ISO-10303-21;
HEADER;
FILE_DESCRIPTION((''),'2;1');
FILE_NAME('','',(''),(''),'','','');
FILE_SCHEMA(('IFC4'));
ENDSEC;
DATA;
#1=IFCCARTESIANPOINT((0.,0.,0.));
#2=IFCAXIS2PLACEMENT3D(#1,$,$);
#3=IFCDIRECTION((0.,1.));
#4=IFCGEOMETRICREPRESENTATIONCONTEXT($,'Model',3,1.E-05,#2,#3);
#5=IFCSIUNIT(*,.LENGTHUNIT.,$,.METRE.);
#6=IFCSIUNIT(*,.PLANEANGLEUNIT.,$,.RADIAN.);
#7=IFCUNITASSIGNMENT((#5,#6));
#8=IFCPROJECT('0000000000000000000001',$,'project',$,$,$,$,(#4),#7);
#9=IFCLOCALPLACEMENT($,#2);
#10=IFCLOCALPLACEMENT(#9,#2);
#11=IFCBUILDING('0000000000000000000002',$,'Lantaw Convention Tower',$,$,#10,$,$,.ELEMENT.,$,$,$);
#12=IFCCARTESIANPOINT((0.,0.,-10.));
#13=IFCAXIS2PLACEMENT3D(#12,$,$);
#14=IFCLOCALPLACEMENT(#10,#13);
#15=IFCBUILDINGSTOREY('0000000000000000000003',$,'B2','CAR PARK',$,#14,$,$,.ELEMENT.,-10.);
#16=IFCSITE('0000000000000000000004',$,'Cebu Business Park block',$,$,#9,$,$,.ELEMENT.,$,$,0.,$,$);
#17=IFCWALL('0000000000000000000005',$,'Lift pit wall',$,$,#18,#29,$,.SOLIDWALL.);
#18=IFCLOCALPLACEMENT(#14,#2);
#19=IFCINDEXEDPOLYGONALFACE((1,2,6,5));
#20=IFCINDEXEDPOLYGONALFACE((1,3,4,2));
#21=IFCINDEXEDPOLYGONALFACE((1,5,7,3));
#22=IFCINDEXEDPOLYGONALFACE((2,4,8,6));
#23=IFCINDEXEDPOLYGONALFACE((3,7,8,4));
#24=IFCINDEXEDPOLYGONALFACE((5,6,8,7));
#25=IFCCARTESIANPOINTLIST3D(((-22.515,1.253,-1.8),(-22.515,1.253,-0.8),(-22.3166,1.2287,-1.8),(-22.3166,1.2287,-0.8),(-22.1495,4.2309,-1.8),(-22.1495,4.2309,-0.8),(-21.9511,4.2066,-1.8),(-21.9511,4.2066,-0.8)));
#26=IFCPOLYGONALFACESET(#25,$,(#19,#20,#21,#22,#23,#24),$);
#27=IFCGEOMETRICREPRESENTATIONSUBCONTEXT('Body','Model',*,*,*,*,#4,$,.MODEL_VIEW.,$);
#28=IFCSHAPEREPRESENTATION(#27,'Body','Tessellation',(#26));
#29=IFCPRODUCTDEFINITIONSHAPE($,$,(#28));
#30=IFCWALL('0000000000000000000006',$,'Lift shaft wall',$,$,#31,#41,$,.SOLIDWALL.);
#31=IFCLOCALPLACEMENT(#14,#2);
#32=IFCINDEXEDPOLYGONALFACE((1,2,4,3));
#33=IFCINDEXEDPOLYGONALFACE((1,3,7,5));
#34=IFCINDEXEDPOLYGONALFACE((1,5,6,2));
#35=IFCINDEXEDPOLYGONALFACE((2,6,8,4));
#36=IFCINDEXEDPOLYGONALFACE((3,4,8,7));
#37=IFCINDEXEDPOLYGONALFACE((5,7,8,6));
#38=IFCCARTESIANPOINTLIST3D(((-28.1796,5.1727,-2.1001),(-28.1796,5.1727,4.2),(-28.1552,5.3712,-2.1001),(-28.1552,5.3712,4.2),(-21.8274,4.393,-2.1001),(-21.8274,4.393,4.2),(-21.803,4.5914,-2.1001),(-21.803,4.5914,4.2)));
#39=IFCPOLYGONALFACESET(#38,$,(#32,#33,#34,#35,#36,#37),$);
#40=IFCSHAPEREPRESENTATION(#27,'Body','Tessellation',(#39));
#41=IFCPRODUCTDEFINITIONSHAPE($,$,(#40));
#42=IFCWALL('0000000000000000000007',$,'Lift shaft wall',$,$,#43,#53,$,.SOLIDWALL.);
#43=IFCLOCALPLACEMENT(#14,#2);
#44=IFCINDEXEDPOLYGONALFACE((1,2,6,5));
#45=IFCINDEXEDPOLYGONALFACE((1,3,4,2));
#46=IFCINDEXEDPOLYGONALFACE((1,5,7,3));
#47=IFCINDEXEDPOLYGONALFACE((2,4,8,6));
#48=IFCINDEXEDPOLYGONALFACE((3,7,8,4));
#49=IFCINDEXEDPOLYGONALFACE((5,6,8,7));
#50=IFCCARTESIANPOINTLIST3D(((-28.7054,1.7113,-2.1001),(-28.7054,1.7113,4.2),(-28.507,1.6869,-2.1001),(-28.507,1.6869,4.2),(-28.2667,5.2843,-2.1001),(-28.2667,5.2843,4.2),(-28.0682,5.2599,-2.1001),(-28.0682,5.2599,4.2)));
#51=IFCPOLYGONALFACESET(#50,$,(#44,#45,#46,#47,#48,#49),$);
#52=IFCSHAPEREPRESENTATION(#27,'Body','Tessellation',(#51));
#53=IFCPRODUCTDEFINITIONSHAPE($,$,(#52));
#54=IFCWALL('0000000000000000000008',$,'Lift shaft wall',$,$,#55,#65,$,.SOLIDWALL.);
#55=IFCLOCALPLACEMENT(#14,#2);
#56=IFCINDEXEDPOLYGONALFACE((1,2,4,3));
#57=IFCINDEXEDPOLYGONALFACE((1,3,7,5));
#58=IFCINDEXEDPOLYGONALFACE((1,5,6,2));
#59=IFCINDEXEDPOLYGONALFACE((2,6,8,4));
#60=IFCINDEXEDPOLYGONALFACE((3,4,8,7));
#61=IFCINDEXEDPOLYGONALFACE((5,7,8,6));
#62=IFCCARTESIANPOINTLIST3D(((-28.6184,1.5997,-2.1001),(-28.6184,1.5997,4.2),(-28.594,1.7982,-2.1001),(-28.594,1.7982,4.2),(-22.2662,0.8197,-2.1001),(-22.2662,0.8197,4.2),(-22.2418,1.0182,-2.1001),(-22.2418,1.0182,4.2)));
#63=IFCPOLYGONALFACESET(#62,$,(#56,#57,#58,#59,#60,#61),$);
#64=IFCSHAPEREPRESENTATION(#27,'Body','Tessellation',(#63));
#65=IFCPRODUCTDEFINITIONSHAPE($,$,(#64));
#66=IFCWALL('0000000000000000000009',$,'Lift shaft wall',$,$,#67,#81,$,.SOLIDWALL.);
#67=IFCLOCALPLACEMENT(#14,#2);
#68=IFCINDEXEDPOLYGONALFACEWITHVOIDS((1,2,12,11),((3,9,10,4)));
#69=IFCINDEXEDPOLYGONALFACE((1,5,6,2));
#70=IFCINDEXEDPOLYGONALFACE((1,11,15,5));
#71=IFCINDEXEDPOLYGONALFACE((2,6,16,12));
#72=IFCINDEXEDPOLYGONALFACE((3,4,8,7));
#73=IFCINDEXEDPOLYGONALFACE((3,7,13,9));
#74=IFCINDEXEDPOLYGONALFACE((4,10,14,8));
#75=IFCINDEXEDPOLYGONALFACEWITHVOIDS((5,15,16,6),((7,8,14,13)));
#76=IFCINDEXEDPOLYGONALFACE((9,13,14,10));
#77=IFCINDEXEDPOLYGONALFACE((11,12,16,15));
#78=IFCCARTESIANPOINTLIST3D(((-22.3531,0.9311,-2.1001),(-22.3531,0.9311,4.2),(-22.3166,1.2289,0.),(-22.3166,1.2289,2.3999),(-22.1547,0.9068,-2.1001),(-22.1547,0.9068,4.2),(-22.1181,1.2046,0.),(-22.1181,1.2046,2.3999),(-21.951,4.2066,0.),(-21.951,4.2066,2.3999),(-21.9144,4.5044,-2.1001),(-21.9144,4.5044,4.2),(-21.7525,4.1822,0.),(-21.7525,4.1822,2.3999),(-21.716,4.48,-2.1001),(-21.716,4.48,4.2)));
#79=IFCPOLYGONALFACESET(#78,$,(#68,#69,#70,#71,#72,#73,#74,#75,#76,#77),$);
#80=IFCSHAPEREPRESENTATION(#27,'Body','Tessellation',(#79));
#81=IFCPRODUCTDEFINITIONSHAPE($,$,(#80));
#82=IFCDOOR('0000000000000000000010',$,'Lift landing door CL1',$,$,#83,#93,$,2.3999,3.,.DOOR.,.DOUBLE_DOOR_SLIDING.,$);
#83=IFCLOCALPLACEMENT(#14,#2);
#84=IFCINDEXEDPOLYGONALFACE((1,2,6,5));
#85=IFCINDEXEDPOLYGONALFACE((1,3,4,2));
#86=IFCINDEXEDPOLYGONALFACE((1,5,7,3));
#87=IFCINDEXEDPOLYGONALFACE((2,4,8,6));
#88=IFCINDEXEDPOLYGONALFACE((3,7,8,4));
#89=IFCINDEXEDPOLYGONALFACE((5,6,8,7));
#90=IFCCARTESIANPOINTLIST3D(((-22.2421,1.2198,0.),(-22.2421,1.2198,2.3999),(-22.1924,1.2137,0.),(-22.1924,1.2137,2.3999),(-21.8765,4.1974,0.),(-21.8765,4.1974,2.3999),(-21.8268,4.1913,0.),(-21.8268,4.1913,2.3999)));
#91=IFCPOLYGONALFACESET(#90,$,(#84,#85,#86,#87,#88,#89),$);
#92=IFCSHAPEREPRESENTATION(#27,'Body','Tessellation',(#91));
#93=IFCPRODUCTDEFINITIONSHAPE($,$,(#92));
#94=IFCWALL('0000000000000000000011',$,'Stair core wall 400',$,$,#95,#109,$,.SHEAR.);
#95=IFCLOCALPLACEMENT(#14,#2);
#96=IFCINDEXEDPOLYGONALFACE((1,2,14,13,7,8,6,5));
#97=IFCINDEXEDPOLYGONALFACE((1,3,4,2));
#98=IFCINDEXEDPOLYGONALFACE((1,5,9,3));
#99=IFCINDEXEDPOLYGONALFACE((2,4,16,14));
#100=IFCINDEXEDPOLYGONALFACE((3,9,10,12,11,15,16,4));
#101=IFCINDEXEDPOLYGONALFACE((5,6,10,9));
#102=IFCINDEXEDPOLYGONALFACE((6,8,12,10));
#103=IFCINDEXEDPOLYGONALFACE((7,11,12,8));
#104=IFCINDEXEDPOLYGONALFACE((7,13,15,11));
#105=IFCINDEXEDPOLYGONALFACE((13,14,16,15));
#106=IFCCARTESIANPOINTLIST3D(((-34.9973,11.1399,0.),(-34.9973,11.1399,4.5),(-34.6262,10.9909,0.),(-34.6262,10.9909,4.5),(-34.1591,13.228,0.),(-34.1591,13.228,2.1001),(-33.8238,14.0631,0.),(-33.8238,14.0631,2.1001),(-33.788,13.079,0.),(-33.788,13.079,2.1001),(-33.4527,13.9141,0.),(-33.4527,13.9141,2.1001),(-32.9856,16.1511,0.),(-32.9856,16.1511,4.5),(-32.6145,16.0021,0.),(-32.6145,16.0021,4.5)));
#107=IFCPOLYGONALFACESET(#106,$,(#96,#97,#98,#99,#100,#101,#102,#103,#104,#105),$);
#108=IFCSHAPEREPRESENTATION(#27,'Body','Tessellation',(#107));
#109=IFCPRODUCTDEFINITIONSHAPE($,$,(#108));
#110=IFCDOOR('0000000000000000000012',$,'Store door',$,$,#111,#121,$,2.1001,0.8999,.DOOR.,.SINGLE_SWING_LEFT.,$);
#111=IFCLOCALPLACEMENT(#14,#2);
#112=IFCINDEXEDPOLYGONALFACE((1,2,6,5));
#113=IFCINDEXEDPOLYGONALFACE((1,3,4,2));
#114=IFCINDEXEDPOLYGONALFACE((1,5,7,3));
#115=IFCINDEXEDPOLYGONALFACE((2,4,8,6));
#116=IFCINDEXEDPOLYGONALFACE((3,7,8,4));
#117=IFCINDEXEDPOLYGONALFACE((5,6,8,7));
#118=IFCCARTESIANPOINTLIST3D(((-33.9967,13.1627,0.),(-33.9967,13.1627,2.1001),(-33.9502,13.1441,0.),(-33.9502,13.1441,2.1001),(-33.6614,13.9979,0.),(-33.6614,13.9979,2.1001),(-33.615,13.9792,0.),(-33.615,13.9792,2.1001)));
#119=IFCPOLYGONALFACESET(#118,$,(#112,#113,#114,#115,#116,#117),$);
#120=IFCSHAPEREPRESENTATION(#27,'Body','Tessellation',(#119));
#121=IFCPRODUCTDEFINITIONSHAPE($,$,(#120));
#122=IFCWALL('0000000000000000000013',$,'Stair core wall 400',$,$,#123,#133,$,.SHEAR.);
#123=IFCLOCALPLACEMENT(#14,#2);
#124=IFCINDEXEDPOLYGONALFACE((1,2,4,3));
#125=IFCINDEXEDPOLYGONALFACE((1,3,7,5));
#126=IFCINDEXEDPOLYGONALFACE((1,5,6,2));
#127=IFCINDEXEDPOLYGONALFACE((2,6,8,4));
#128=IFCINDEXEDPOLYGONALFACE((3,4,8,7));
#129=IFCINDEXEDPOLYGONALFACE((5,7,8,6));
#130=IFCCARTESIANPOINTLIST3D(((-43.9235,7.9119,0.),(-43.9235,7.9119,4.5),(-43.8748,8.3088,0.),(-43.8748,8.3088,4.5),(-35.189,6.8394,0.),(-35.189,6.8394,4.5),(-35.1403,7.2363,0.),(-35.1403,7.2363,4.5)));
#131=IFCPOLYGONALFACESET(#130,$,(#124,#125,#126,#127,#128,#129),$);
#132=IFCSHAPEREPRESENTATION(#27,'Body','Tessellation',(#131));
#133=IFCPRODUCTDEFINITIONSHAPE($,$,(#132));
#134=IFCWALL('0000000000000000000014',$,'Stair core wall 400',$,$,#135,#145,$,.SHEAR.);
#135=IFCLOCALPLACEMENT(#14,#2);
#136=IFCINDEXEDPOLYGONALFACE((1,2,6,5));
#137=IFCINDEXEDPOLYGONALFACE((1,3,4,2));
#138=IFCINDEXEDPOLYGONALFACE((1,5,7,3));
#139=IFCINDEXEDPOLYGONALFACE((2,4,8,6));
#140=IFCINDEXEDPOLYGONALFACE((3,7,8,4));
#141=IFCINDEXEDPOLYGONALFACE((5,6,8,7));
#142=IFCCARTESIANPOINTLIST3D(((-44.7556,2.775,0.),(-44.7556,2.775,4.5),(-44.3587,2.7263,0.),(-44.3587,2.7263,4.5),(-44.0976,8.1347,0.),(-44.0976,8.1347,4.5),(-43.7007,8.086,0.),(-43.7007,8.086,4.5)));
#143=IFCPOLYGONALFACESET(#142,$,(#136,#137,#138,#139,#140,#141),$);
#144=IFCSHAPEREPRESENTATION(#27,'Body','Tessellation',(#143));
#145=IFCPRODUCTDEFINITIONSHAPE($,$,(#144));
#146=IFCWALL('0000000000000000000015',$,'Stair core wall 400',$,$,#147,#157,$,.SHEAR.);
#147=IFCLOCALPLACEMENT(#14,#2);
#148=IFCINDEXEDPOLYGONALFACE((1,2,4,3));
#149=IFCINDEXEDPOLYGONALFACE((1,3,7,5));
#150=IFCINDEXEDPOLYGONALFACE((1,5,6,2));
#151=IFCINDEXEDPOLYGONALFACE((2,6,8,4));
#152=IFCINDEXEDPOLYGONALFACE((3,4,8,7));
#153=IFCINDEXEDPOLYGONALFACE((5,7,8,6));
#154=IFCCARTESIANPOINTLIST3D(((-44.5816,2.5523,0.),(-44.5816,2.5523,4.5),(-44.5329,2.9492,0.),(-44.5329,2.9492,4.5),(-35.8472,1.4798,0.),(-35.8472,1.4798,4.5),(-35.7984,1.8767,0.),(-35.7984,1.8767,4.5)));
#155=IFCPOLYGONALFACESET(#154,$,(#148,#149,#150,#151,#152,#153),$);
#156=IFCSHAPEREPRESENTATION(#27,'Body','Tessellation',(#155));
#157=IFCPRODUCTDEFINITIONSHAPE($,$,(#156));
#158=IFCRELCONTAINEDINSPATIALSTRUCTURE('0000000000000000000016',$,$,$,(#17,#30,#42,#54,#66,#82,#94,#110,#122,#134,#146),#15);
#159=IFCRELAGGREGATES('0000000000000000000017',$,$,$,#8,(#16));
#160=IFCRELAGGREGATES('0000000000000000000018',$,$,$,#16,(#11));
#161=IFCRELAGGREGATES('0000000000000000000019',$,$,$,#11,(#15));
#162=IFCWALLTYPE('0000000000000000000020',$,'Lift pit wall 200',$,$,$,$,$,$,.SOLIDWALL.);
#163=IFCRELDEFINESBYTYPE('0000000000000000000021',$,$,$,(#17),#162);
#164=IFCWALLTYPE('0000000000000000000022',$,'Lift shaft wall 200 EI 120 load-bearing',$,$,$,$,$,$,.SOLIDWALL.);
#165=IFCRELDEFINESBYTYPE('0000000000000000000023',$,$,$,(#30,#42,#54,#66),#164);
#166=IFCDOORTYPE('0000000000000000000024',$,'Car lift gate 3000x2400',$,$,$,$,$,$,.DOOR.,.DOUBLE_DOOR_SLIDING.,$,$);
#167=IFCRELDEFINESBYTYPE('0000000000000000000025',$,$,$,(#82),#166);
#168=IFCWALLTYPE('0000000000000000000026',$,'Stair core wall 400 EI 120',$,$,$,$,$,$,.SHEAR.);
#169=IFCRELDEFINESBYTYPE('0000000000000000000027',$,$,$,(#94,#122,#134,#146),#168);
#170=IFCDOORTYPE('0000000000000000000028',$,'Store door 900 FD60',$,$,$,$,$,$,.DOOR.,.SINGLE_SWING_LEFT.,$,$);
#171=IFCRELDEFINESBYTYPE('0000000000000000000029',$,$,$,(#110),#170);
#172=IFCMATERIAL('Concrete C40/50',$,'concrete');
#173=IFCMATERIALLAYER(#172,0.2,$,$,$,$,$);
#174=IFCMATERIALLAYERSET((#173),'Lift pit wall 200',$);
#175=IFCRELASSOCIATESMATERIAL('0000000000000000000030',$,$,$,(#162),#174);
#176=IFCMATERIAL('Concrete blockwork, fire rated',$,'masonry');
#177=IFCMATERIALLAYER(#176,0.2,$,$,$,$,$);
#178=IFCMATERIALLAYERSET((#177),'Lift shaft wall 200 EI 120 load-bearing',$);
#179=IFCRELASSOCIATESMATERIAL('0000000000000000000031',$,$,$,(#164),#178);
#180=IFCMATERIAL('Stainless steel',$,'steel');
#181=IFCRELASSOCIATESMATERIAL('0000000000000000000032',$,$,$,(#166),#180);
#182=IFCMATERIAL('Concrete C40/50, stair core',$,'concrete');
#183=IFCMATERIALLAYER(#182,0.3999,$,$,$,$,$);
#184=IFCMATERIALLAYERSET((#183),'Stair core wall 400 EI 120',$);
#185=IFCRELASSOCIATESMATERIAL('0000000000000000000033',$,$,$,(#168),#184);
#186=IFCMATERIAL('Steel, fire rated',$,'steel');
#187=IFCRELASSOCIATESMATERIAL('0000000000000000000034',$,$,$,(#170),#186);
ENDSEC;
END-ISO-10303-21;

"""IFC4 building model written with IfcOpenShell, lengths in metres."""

from ifc_helpers import new_model, si_unit, direction, frame, frame_2d, origin, place, context, subcontext, project, spatial, rectangle, extrude, material, layer, layer_set, type_object, element, fill, save


model = new_model("IFC4")

# Units and contexts
model_context = context("Model", 3, precision=1e-05, world=origin(), true_north=direction((0.0, 1.0)))
body_context = subcontext(model_context, "Body", "Model", "MODEL_VIEW")
ifc_project = project(units=[si_unit("LENGTHUNIT", "METRE"), si_unit("PLANEANGLEUNIT", "RADIAN")], contexts=[model_context])

# Site, building, storey
site_placement = place(None, origin())
site = spatial("IfcSite", under=ifc_project, at=site_placement, Name="Cebu Business Park block", CompositionType="ELEMENT", RefElevation=0.0)
building_placement = place(site_placement, origin())
building = spatial("IfcBuilding", under=site, at=building_placement, Name="Lantaw Convention Tower", CompositionType="ELEMENT")
storey_placement = place(building_placement, frame((0.0, 0.0, -10.0)))
storey = spatial("IfcBuildingStorey", under=building, at=storey_placement, Name="B2", Description="CAR PARK", CompositionType="ELEMENT", Elevation=-10.0)

# Walls
ifc_material_1 = material(Name="Concrete C40/50", Category="concrete")
ifc_layer_1 = layer(ifc_material_1, 0.2)
ifc_layer_set_1 = layer_set([ifc_layer_1], Name="Lift pit wall 200")
wall_type_1 = type_object("IfcWallType", Name="Lift pit wall 200", PredefinedType="SOLIDWALL", material=ifc_layer_set_1)
wall_1_placement = place(storey_placement, frame((-22.4158, 1.241, -1.8), z_axis=(0.0, 0.0, 1.0), x_axis=(0.121821, 0.992552, 0.0)))
element("IfcWall", 1, at=wall_1_placement, inside=storey, type_object=wall_type_1, Name="Lift pit wall", PredefinedType="SOLIDWALL", context=body_context, shape_type="SweptSolid", body=[
    extrude(rectangle(XDim=3.0002, YDim=0.2, at=frame_2d((1.5, 0.0))), origin(), (0.0, 0.0, 1.0), 1.0),
])
ifc_material_2 = material(Name="Concrete blockwork, fire rated", Category="masonry")
ifc_layer_2 = layer(ifc_material_2, 0.2)
ifc_layer_set_2 = layer_set([ifc_layer_2], Name="Lift shaft wall 200 EI 120 load-bearing")
wall_type_2 = type_object("IfcWallType", Name="Lift shaft wall 200 EI 120 load-bearing", PredefinedType="SOLIDWALL", material=ifc_layer_set_2)
wall_2_placement = place(storey_placement, frame((-21.8152, 4.4922, -2.1001), z_axis=(0.0, 0.0, 1.0), x_axis=(-0.99255, 0.121842, 0.0)))
element("IfcWall", 2, at=wall_2_placement, inside=storey, type_object=wall_type_2, Name="Lift shaft wall", PredefinedType="SOLIDWALL", context=body_context, shape_type="SweptSolid", body=[
    extrude(rectangle(XDim=6.3999, YDim=0.2, at=frame_2d((3.2, 0.0))), origin(), (0.0, 0.0, 1.0), 6.3),
])
wall_3_placement = place(storey_placement, frame((-28.1675, 5.272, -2.1001), z_axis=(0.0, 0.0, 1.0), x_axis=(-0.121873, -0.992546, 0.0)))
element("IfcWall", 3, at=wall_3_placement, inside=storey, type_object=wall_type_2, Name="Lift shaft wall", PredefinedType="SOLIDWALL", context=body_context, shape_type="SweptSolid", body=[
    extrude(rectangle(XDim=3.5999, YDim=0.2, at=frame_2d((1.7998, 0.0))), origin(), (0.0, 0.0, 1.0), 6.3),
])
wall_4_placement = place(storey_placement, frame((-28.6062, 1.699, -2.1001), z_axis=(0.0, 0.0, 1.0), x_axis=(0.992545, -0.121879, 0.0)))
element("IfcWall", 4, at=wall_4_placement, inside=storey, type_object=wall_type_2, Name="Lift shaft wall", PredefinedType="SOLIDWALL", context=body_context, shape_type="SweptSolid", body=[
    extrude(rectangle(XDim=6.3999, YDim=0.2, at=frame_2d((3.2, 0.0))), origin(), (0.0, 0.0, 1.0), 6.3),
])

# Walls, openings, doors
wall_5_placement = place(storey_placement, frame((-22.2539, 0.9189, -2.1001), z_axis=(0.0, 0.0, 1.0), x_axis=(0.121864, 0.992547, 0.0)))
wall_5 = element("IfcWall", 5, at=wall_5_placement, inside=storey, type_object=wall_type_2, Name="Lift shaft wall", PredefinedType="SOLIDWALL", context=body_context, shape_type="SweptSolid", body=[
    extrude(rectangle(XDim=3.6001, YDim=0.2, at=frame_2d((1.8, 0.0))), origin(), (0.0, 0.0, 1.0), 6.3),
])
opening_1_placement = place(wall_5_placement, frame((0.3, 0.0, 2.1001)))
opening_1 = element("IfcOpeningElement", 6, at=opening_1_placement, cuts=wall_5, PredefinedType="OPENING", context=body_context, shape_type="SweptSolid", body=[
    extrude(rectangle(XDim=3.0, YDim=2.3999, at=frame_2d((1.5, 1.2))), frame((0.0, 0.1099, 0.0), z_axis=(0.0, -1.0, 0.0), x_axis=(1.0, 0.0, 0.0)), (0.0, 0.0, 1.0), 0.22),
])
ifc_material_3 = material(Name="Stainless steel", Category="steel")
door_type_1 = type_object("IfcDoorType", Name="Car lift gate 3000x2400", OperationType="DOUBLE_DOOR_SLIDING", PredefinedType="DOOR", material=ifc_material_3)
door_1_placement = place(opening_1_placement, origin())
door_1 = element("IfcDoor", 7, at=door_1_placement, inside=storey, type_object=door_type_1, Name="Lift landing door CL1", OperationType="DOUBLE_DOOR_SLIDING", OverallHeight=2.3999, OverallWidth=3.0, PredefinedType="DOOR", context=body_context, shape_type="SweptSolid", body=[
    extrude(rectangle(XDim=3.0, YDim=2.3999, at=frame_2d((1.5, 1.2))), frame((0.0, 0.0249, 0.0), z_axis=(0.0, -1.0, 0.0), x_axis=(1.0, 0.0, 0.0)), (0.0, 0.0, 1.0), 0.05),
])
fill(opening_1, door_1)
ifc_material_4 = material(Name="Concrete C40/50, stair core", Category="concrete")
ifc_layer_3 = layer(ifc_material_4, 0.3999)
ifc_layer_set_3 = layer_set([ifc_layer_3], Name="Stair core wall 400 EI 120")
wall_type_3 = type_object("IfcWallType", Name="Stair core wall 400 EI 120", PredefinedType="SHEAR", material=ifc_layer_set_3)
wall_6_placement = place(storey_placement, frame((-34.8118, 11.0654, 0.0), z_axis=(0.0, 0.0, 1.0), x_axis=(0.372544, 0.928015, 0.0)))
wall_6 = element("IfcWall", 8, at=wall_6_placement, inside=storey, type_object=wall_type_3, Name="Stair core wall 400", PredefinedType="SHEAR", context=body_context, shape_type="SweptSolid", body=[
    extrude(rectangle(XDim=5.3999, YDim=0.3999, at=frame_2d((2.7, 0.0))), origin(), (0.0, 0.0, 1.0), 4.5),
])
opening_2_placement = place(wall_6_placement, frame((2.25, 0.0, 0.0)))
opening_2 = element("IfcOpeningElement", 9, at=opening_2_placement, cuts=wall_6, PredefinedType="OPENING", context=body_context, shape_type="SweptSolid", body=[
    extrude(rectangle(XDim=0.8999, YDim=2.1001, at=frame_2d((0.45, 1.05))), frame((0.0, 0.21, 0.0), z_axis=(0.0, -1.0, 0.0), x_axis=(1.0, 0.0, 0.0)), (0.0, 0.0, 1.0), 0.4199),
])
ifc_material_5 = material(Name="Steel, fire rated", Category="steel")
door_type_2 = type_object("IfcDoorType", Name="Store door 900 FD60", OperationType="SINGLE_SWING_LEFT", PredefinedType="DOOR", material=ifc_material_5)
door_2_placement = place(opening_2_placement, origin())
door_2 = element("IfcDoor", 10, at=door_2_placement, inside=storey, type_object=door_type_2, Name="Store door", OperationType="SINGLE_SWING_LEFT", OverallHeight=2.1001, OverallWidth=0.8999, PredefinedType="DOOR", context=body_context, shape_type="SweptSolid", body=[
    extrude(rectangle(XDim=0.8999, YDim=2.1001, at=frame_2d((0.45, 1.05))), frame((0.0, 0.0249, 0.0), z_axis=(0.0, -1.0, 0.0), x_axis=(1.0, 0.0, 0.0)), (0.0, 0.0, 1.0), 0.05),
])
fill(opening_2, door_2)

# Walls
wall_7_placement = place(storey_placement, frame((-35.1648, 7.0378, 0.0), z_axis=(0.0, 0.0, 1.0), x_axis=(-0.992545, 0.121876, 0.0)))
element("IfcWall", 11, at=wall_7_placement, inside=storey, type_object=wall_type_3, Name="Stair core wall 400", PredefinedType="SHEAR", context=body_context, shape_type="SweptSolid", body=[
    extrude(rectangle(XDim=8.8, YDim=0.3999, at=frame_2d((4.3999, 0.0))), origin(), (0.0, 0.0, 1.0), 4.5),
])
wall_8_placement = place(storey_placement, frame((-43.8992, 8.1104, 0.0), z_axis=(0.0, 0.0, 1.0), x_axis=(-0.121848, -0.992549, 0.0)))
element("IfcWall", 12, at=wall_8_placement, inside=storey, type_object=wall_type_3, Name="Stair core wall 400", PredefinedType="SHEAR", context=body_context, shape_type="SweptSolid", body=[
    extrude(rectangle(XDim=5.3999, YDim=0.3999, at=frame_2d((2.7, 0.0))), origin(), (0.0, 0.0, 1.0), 4.5),
])
wall_9_placement = place(storey_placement, frame((-44.5571, 2.7507, 0.0), z_axis=(0.0, 0.0, 1.0), x_axis=(0.992545, -0.121876, 0.0)))
element("IfcWall", 13, at=wall_9_placement, inside=storey, type_object=wall_type_3, Name="Stair core wall 400", PredefinedType="SHEAR", context=body_context, shape_type="SweptSolid", body=[
    extrude(rectangle(XDim=8.8, YDim=0.3999, at=frame_2d((4.3999, 0.0))), origin(), (0.0, 0.0, 1.0), 4.5),
])

save(model, "model.ifc")
